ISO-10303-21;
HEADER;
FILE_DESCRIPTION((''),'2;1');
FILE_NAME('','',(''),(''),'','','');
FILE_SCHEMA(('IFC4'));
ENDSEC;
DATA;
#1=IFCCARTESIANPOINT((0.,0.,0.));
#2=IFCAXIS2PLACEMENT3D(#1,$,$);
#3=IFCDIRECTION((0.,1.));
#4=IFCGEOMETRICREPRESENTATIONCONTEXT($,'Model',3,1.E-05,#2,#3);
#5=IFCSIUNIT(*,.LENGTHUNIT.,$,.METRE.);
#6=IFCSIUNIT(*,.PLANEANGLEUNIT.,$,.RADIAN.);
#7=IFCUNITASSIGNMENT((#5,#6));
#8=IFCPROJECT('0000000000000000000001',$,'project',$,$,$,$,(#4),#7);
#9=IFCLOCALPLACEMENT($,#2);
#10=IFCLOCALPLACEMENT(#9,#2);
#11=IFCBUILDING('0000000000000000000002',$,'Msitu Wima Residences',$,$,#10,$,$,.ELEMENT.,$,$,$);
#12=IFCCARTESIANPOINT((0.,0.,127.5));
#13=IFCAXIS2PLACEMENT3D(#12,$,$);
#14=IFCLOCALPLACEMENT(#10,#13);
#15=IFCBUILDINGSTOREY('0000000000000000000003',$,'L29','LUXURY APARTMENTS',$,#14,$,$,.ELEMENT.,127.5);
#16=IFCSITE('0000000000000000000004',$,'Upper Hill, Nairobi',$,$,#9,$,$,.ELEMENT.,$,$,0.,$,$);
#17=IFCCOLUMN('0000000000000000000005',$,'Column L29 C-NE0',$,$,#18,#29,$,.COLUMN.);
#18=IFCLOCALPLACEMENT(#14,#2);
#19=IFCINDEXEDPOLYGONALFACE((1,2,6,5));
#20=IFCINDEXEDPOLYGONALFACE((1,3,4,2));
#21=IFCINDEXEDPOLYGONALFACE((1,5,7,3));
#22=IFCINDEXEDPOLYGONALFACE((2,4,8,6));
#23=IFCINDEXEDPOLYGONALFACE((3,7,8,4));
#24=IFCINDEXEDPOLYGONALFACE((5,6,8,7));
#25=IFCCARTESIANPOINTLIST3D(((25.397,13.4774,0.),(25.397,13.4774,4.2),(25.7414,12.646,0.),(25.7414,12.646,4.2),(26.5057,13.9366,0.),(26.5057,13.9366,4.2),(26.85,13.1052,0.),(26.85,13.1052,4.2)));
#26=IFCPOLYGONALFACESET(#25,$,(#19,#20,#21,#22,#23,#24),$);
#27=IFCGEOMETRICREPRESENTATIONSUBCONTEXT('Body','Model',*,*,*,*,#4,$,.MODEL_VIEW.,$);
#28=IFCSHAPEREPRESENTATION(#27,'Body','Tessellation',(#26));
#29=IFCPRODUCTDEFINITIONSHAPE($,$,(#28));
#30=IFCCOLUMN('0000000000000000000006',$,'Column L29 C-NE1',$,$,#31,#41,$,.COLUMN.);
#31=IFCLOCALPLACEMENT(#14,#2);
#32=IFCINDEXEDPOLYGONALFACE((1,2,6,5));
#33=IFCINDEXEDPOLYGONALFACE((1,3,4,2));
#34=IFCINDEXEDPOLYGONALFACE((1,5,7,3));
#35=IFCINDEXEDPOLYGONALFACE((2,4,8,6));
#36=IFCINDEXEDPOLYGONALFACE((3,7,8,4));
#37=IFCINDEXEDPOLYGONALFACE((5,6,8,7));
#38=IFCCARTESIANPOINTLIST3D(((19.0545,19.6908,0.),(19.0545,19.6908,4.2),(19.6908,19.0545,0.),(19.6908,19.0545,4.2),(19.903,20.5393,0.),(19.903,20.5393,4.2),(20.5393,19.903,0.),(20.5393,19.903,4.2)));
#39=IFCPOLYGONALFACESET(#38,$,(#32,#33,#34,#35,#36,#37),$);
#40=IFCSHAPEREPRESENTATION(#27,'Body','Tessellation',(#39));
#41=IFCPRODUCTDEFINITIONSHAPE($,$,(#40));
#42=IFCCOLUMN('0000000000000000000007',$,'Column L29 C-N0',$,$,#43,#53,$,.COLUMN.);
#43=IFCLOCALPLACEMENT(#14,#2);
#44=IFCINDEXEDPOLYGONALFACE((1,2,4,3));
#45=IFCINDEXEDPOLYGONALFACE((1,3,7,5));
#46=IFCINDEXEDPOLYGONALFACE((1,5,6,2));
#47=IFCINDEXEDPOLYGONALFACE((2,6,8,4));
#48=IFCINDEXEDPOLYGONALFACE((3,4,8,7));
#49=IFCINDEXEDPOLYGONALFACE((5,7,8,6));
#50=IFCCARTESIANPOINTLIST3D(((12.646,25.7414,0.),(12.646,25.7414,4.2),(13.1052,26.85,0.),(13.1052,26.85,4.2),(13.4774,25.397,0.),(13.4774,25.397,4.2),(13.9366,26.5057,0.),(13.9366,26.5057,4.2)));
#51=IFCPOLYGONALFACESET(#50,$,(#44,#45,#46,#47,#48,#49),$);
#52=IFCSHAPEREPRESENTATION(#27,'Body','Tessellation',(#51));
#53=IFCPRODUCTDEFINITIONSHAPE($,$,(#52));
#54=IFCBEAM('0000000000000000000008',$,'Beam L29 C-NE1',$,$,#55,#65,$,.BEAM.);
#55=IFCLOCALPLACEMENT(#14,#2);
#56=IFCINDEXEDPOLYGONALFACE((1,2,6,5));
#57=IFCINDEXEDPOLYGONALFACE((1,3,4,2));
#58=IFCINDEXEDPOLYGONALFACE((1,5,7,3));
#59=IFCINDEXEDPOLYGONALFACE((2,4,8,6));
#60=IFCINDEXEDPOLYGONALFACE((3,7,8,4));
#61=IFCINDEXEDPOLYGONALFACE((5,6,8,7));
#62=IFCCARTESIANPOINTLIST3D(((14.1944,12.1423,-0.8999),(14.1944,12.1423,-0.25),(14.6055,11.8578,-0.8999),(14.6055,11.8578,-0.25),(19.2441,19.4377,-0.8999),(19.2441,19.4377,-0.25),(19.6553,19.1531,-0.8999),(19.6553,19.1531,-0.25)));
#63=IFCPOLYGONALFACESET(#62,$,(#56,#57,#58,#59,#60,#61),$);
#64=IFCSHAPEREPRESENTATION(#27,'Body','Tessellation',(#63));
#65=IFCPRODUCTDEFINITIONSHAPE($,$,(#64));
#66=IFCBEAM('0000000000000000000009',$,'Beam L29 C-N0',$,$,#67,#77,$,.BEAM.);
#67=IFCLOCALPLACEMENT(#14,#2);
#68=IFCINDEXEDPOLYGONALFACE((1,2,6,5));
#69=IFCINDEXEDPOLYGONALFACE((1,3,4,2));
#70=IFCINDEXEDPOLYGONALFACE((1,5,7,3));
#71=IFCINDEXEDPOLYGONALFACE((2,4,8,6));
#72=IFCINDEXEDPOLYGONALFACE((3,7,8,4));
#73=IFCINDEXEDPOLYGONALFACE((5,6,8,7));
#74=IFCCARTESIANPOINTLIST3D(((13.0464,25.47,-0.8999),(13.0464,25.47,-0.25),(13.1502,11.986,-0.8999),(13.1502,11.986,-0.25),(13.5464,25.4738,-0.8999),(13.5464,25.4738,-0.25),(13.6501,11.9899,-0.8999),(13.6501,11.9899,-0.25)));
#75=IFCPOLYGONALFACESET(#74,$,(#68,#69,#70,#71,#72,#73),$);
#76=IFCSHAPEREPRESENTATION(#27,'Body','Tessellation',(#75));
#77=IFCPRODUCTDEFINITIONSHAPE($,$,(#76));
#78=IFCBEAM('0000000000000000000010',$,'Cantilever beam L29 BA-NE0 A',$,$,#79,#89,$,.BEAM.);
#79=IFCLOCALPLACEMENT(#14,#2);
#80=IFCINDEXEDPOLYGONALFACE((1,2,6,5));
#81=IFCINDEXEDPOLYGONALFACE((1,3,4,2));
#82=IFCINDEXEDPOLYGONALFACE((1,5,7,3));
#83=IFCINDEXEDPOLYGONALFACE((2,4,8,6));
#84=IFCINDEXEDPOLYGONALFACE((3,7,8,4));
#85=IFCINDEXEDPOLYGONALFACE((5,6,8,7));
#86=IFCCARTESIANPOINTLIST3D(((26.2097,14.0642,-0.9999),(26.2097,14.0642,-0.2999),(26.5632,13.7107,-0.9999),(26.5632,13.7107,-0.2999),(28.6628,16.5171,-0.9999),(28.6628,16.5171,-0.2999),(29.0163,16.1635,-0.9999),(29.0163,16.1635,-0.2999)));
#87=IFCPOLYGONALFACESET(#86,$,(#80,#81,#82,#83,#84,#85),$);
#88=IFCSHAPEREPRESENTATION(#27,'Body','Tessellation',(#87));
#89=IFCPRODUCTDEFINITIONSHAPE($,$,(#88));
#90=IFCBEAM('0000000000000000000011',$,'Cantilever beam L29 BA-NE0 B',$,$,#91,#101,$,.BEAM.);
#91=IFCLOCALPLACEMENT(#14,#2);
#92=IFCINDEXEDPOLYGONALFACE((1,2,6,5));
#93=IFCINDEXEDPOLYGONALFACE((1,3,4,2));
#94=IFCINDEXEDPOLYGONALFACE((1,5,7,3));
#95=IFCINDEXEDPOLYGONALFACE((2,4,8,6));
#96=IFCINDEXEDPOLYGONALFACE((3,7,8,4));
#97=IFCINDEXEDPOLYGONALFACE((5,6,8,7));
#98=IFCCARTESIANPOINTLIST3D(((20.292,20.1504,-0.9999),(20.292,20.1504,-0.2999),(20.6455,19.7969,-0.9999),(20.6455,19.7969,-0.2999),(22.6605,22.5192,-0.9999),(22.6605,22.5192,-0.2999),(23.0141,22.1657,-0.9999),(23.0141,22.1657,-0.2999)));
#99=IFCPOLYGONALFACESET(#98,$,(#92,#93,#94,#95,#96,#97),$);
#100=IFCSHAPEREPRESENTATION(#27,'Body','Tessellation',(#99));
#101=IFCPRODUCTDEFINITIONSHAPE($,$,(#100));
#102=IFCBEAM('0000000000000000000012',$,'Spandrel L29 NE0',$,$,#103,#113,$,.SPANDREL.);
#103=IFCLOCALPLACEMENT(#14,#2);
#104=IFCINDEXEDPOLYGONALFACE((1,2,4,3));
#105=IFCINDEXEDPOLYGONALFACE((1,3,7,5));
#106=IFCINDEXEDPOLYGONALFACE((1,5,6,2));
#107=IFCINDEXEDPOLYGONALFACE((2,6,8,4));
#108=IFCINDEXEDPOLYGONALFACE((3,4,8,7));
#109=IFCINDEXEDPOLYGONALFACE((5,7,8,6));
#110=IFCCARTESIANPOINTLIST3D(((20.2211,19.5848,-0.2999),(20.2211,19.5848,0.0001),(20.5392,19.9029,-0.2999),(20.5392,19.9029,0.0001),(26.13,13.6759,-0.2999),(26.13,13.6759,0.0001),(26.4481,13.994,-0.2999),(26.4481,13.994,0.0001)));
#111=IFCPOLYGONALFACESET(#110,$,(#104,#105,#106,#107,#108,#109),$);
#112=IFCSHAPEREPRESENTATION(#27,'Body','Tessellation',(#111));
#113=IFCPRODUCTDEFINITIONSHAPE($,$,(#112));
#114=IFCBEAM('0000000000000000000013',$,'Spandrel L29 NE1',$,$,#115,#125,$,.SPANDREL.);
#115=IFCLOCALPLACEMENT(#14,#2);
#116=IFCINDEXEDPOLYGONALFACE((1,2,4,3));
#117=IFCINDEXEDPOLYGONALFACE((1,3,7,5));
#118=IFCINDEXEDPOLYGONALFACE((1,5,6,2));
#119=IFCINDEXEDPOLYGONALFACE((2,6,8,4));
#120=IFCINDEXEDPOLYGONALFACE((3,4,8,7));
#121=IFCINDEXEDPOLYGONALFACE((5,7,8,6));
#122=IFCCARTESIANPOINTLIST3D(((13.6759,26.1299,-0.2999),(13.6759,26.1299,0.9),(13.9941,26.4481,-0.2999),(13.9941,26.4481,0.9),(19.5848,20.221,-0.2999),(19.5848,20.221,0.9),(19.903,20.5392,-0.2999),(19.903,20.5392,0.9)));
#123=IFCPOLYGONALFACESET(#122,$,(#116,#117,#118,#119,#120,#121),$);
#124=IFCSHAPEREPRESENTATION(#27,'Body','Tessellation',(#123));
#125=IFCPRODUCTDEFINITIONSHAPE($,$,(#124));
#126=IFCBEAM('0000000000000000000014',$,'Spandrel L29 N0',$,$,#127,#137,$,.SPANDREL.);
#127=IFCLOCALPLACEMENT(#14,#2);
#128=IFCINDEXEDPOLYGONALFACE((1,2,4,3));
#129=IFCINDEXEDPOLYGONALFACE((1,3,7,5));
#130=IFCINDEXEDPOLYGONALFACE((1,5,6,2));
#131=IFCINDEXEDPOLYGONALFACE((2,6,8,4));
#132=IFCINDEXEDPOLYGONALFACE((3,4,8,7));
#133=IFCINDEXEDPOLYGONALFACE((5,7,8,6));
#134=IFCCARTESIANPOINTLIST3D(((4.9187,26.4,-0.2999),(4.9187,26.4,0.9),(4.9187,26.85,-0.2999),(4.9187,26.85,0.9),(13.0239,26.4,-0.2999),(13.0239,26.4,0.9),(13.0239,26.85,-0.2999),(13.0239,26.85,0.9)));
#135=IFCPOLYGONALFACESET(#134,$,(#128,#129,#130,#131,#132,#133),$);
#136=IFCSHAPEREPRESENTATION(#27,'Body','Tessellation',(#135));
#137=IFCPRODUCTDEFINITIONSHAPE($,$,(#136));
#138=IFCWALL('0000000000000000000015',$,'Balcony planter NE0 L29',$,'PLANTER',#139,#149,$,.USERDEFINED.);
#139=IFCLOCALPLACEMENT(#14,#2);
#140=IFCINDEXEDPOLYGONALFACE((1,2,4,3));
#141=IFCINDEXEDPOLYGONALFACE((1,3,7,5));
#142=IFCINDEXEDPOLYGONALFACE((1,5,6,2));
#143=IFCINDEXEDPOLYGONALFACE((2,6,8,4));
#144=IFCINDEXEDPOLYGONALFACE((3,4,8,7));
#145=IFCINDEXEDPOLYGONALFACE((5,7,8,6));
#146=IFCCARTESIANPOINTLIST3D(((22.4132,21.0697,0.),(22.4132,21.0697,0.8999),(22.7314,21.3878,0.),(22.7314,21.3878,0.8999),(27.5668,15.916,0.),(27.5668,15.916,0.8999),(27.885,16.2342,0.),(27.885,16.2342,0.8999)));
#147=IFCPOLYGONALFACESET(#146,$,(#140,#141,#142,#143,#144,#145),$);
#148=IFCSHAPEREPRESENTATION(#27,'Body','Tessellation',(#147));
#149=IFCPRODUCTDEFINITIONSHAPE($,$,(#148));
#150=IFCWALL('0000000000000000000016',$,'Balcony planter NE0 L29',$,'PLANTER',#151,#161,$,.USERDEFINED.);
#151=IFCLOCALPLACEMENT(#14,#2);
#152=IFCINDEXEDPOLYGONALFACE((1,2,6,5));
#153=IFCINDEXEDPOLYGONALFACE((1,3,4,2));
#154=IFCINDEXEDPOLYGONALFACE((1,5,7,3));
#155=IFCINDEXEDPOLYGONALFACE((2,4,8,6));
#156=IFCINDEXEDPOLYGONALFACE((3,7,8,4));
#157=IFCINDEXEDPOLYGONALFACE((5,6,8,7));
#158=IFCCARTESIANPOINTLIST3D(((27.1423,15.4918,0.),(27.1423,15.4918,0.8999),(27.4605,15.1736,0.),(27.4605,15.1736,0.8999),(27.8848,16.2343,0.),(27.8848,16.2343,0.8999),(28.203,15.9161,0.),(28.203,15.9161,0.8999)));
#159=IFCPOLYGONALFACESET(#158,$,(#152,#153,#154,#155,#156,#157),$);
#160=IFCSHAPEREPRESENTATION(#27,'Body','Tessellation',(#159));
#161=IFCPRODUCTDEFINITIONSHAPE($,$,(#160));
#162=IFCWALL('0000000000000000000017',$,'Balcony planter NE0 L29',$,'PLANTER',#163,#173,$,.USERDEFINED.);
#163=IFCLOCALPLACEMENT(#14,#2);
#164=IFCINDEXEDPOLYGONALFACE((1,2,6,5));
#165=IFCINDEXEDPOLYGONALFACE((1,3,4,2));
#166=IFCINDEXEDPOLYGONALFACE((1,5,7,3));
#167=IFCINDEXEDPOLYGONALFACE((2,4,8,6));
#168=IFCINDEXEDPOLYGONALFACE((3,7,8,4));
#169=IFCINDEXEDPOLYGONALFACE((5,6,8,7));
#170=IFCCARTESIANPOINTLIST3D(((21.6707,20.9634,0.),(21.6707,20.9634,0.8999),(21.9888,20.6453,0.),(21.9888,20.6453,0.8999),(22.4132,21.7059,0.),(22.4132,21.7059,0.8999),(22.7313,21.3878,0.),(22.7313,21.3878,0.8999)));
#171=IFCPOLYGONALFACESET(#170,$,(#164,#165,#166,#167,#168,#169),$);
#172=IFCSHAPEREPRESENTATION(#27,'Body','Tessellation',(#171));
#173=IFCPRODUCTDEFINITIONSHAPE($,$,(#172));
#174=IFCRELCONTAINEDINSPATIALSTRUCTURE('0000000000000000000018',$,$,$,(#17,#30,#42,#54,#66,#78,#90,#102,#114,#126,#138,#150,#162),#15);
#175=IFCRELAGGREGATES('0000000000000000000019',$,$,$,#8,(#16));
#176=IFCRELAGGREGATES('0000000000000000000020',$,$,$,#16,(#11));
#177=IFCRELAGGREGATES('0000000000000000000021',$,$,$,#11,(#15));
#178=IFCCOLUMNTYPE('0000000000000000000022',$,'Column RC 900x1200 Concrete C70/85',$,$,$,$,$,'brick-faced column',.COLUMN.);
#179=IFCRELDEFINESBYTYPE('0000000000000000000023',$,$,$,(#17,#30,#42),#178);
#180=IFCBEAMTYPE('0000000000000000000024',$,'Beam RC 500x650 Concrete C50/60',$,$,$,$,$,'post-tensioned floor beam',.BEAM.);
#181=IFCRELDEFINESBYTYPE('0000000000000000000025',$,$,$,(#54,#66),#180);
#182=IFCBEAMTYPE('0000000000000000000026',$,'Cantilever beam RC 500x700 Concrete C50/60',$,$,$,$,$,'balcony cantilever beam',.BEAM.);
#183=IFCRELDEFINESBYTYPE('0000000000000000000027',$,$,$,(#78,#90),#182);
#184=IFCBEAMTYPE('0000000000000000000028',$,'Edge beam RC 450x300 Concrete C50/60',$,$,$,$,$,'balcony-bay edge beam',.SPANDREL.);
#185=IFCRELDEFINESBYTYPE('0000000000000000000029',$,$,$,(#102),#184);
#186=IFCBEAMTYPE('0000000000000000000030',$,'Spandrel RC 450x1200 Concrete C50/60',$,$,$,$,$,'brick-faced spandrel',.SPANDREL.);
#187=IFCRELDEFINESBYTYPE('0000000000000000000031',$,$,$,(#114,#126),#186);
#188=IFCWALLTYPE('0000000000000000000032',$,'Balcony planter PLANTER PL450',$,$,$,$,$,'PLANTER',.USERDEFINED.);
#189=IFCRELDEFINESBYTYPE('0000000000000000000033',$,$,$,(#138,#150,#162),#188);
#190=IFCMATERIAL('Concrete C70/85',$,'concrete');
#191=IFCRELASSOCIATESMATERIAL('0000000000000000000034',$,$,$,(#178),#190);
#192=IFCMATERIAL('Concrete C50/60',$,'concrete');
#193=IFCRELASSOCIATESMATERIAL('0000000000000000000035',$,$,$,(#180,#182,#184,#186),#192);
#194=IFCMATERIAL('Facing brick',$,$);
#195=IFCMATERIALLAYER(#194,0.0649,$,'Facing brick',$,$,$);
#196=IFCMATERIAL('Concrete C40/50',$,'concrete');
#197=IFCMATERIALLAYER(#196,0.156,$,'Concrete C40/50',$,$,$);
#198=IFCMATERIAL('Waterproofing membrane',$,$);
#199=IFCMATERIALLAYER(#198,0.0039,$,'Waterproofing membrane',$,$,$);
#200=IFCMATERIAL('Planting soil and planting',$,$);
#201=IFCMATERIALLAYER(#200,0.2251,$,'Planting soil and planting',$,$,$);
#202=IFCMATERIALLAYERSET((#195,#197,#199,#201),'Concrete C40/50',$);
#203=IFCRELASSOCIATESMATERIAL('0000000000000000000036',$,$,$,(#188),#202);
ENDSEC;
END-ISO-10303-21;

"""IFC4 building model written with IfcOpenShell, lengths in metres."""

from ifc_helpers import new_model, si_unit, direction, frame, frame_2d, origin, origin_2d, place, context, subcontext, project, spatial, rectangle, extrude, material, layer, layer_set, material_profile, profile_set, type_object, element, save


model = new_model("IFC4")

# Units and contexts
model_context = context("Model", 3, precision=1e-05, world=origin(), true_north=direction((0.0, 1.0)))
body_context = subcontext(model_context, "Body", "Model", "MODEL_VIEW")
ifc_project = project(units=[si_unit("LENGTHUNIT", "METRE"), si_unit("PLANEANGLEUNIT", "RADIAN")], contexts=[model_context])

# Site, building, storey
site_placement = place(None, origin())
site = spatial("IfcSite", under=ifc_project, at=site_placement, Name="Upper Hill, Nairobi", CompositionType="ELEMENT", RefElevation=0.0)
building_placement = place(site_placement, origin())
building = spatial("IfcBuilding", under=site, at=building_placement, Name="Msitu Wima Residences", CompositionType="ELEMENT")
storey_placement = place(building_placement, frame((0.0, 0.0, 127.5)))
storey = spatial("IfcBuildingStorey", under=building, at=storey_placement, Name="L29", Description="LUXURY APARTMENTS", CompositionType="ELEMENT", Elevation=127.5)

# Columns
ifc_material_1 = material(Name="Concrete C70/85", Category="concrete")
ifc_material_profile_1 = material_profile(ifc_material_1, rectangle(XDim=0.8999, YDim=1.2, at=origin_2d()), Name="RC 900x1200")
ifc_profile_set_1 = profile_set([ifc_material_profile_1], Name="Concrete C70/85")
column_type = type_object("IfcColumnType", Name="Column RC 900x1200 Concrete C70/85", ElementType="brick-faced column", PredefinedType="COLUMN", material=ifc_profile_set_1)
for number, where, z_axis, x_axis, name in (
    (1, (26.1235, 13.2913, 0.0), (0.0, 0.0, 1.0), (-0.382683, 0.92388, 0.0), "Column L29 C-NE0"),
    (2, (19.7969, 19.7969, 0.0), (0.0, 0.0, 1.0), (-0.707107, 0.707107, 0.0), "Column L29 C-NE1"),
    (3, (13.2913, 26.1235, 0.0), (0.0, 0.0, 1.0), (-0.92388, 0.382683, 0.0), "Column L29 C-N0"),
):
    element("IfcColumn", number, at=place(storey_placement, frame(where, z_axis=z_axis, x_axis=x_axis)), inside=storey, type_object=column_type, Name=name, PredefinedType="COLUMN", context=body_context, shape_type="SweptSolid", body=[
        extrude(rectangle(XDim=0.8999, YDim=1.2, at=origin_2d()), origin(), (0.0, 0.0, 1.0), 4.2),
    ])

# Beams
ifc_material_2 = material(Name="Concrete C50/60", Category="concrete")
ifc_material_profile_2 = material_profile(ifc_material_2, rectangle(XDim=0.5, YDim=0.6499, at=origin_2d()), Name="RC 500x650")
ifc_profile_set_2 = profile_set([ifc_material_profile_2], Name="Concrete C50/60")
beam_type_1 = type_object("IfcBeamType", Name="Beam RC 500x650 Concrete C50/60", ElementType="post-tensioned floor beam", PredefinedType="BEAM", material=ifc_profile_set_2)
beam_1_placement = place(storey_placement, frame((19.4497, 19.2954, -0.575), z_axis=(-0.569144, -0.822238, 0.0), x_axis=(0.822238, -0.569144, 0.0)))
element("IfcBeam", 4, at=beam_1_placement, inside=storey, type_object=beam_type_1, Name="Beam L29 C-NE1", PredefinedType="BEAM", context=body_context, shape_type="SweptSolid", body=[
    extrude(rectangle(XDim=0.5, YDim=0.6499, at=origin_2d()), origin(), (0.0, 0.0, 1.0), 8.8726),
])
beam_2_placement = place(storey_placement, frame((13.2964, 25.4719, -0.575), z_axis=(0.007695, -0.99997, 0.0), x_axis=(0.99997, 0.007695, 0.0)))
element("IfcBeam", 5, at=beam_2_placement, inside=storey, type_object=beam_type_1, Name="Beam L29 C-N0", PredefinedType="BEAM", context=body_context, shape_type="SweptSolid", body=[
    extrude(rectangle(XDim=0.5, YDim=0.6499, at=origin_2d()), origin(), (0.0, 0.0, 1.0), 13.4844),
])
ifc_material_profile_3 = material_profile(ifc_material_2, rectangle(XDim=0.5, YDim=0.7, at=origin_2d()), Name="RC 500x700")
ifc_profile_set_3 = profile_set([ifc_material_profile_3], Name="Concrete C50/60")
beam_type_2 = type_object("IfcBeamType", Name="Cantilever beam RC 500x700 Concrete C50/60", ElementType="balcony cantilever beam", PredefinedType="BEAM", material=ifc_profile_set_3)
beam_3_placement = place(storey_placement, frame((26.3865, 13.8875, -0.6499), z_axis=(0.707142, 0.707072, 0.0), x_axis=(-0.707072, 0.707142, 0.0)))
element("IfcBeam", 6, at=beam_3_placement, inside=storey, type_object=beam_type_2, Name="Cantilever beam L29 BA-NE0 A", PredefinedType="BEAM", context=body_context, shape_type="SweptSolid", body=[
    extrude(rectangle(XDim=0.5, YDim=0.7, at=origin_2d()), origin(), (0.0, 0.0, 1.0), 3.469),
])
beam_4_placement = place(storey_placement, frame((20.4688, 19.9736, -0.6499), z_axis=(0.70707, 0.707143, 0.0), x_axis=(-0.707143, 0.70707, 0.0)))
element("IfcBeam", 7, at=beam_4_placement, inside=storey, type_object=beam_type_2, Name="Cantilever beam L29 BA-NE0 B", PredefinedType="BEAM", context=body_context, shape_type="SweptSolid", body=[
    extrude(rectangle(XDim=0.5, YDim=0.7, at=origin_2d()), origin(), (0.0, 0.0, 1.0), 3.3499),
])
ifc_material_profile_4 = material_profile(ifc_material_2, rectangle(XDim=0.45, YDim=0.3, at=origin_2d()), Name="RC 450x300")
ifc_profile_set_4 = profile_set([ifc_material_profile_4], Name="Concrete C50/60")
beam_type_3 = type_object("IfcBeamType", Name="Edge beam RC 450x300 Concrete C50/60", ElementType="balcony-bay edge beam", PredefinedType="SPANDREL", material=ifc_profile_set_4)
beam_5_placement = place(storey_placement, frame((26.2891, 13.835, -0.1499), z_axis=(-0.707107, 0.707107, 0.0), x_axis=(-0.707107, -0.707107, 0.0)))
element("IfcBeam", 8, at=beam_5_placement, inside=storey, type_object=beam_type_3, Name="Spandrel L29 NE0", PredefinedType="SPANDREL", context=body_context, shape_type="SweptSolid", body=[
    extrude(rectangle(XDim=0.45, YDim=0.3, at=origin_2d()), origin(), (0.0, 0.0, 1.0), 8.3564),
])
ifc_material_profile_5 = material_profile(ifc_material_2, rectangle(XDim=0.45, YDim=1.2, at=origin_2d()), Name="RC 450x1200")
ifc_profile_set_5 = profile_set([ifc_material_profile_5], Name="Concrete C50/60")
beam_type_4 = type_object("IfcBeamType", Name="Spandrel RC 450x1200 Concrete C50/60", ElementType="brick-faced spandrel", PredefinedType="SPANDREL", material=ifc_profile_set_5)
beam_6_placement = place(storey_placement, frame((19.7439, 20.3801, 0.3), z_axis=(-0.707107, 0.707107, 0.0), x_axis=(-0.707107, -0.707107, 0.0)))
element("IfcBeam", 9, at=beam_6_placement, inside=storey, type_object=beam_type_4, Name="Spandrel L29 NE1", PredefinedType="SPANDREL", context=body_context, shape_type="SweptSolid", body=[
    extrude(rectangle(XDim=0.45, YDim=1.2, at=origin_2d()), origin(), (0.0, 0.0, 1.0), 8.3564),
])
beam_7_placement = place(storey_placement, frame((13.0239, 26.625, 0.3), z_axis=(-1.0, 0.0, 0.0), x_axis=(0.0, -1.0, 0.0)))
element("IfcBeam", 10, at=beam_7_placement, inside=storey, type_object=beam_type_4, Name="Spandrel L29 N0", PredefinedType="SPANDREL", context=body_context, shape_type="SweptSolid", body=[
    extrude(rectangle(XDim=0.45, YDim=1.2, at=origin_2d()), origin(), (0.0, 0.0, 1.0), 8.1052),
])

# Walls
ifc_material_3 = material(Name="Facing brick")
ifc_layer_1 = layer(ifc_material_3, 0.0649, Name="Facing brick")
ifc_material_4 = material(Name="Concrete C40/50", Category="concrete")
ifc_layer_2 = layer(ifc_material_4, 0.156, Name="Concrete C40/50")
ifc_material_5 = material(Name="Waterproofing membrane")
ifc_layer_3 = layer(ifc_material_5, 0.0039, Name="Waterproofing membrane")
ifc_material_6 = material(Name="Planting soil and planting")
ifc_layer_4 = layer(ifc_material_6, 0.2251, Name="Planting soil and planting")
ifc_layer_set_1 = layer_set([ifc_layer_1, ifc_layer_2, ifc_layer_3, ifc_layer_4], Name="Concrete C40/50")
wall_type_1 = type_object("IfcWallType", Name="Balcony planter PLANTER PL450", ElementType="PLANTER", PredefinedType="USERDEFINED", material=ifc_layer_set_1)
wall_1_placement = place(storey_placement, frame((27.7258, 16.0752, 0.0), z_axis=(0.0, 0.0, 1.0), x_axis=(-0.707107, 0.707107, 0.0)))
element("IfcWall", 11, at=wall_1_placement, inside=storey, type_object=wall_type_1, Name="Balcony planter NE0 L29", ObjectType="PLANTER", PredefinedType="USERDEFINED", context=body_context, shape_type="SweptSolid", body=[
    extrude(rectangle(XDim=7.2883, YDim=0.45, at=frame_2d((3.644, 0.0))), origin(), (0.0, 0.0, 1.0), 0.8999),
])
for number, where, z_axis, x_axis, name in (
    (12, (27.3015, 15.3328, 0.0), (0.0, 0.0, 1.0), (0.707107, 0.707107, 0.0), "Balcony planter NE0 L29"),
    (13, (21.8298, 20.8044, 0.0), (0.0, 0.0, 1.0), (0.707107, 0.707107, 0.0), "Balcony planter NE0 L29"),
):
    element("IfcWall", number, at=place(storey_placement, frame(where, z_axis=z_axis, x_axis=x_axis)), inside=storey, type_object=wall_type_1, Name=name, ObjectType="PLANTER", PredefinedType="USERDEFINED", context=body_context, shape_type="SweptSolid", body=[
        extrude(rectangle(XDim=1.05, YDim=0.45, at=frame_2d((0.5249, 0.0))), origin(), (0.0, 0.0, 1.0), 0.8999),
    ])

save(model, "model.ifc")
